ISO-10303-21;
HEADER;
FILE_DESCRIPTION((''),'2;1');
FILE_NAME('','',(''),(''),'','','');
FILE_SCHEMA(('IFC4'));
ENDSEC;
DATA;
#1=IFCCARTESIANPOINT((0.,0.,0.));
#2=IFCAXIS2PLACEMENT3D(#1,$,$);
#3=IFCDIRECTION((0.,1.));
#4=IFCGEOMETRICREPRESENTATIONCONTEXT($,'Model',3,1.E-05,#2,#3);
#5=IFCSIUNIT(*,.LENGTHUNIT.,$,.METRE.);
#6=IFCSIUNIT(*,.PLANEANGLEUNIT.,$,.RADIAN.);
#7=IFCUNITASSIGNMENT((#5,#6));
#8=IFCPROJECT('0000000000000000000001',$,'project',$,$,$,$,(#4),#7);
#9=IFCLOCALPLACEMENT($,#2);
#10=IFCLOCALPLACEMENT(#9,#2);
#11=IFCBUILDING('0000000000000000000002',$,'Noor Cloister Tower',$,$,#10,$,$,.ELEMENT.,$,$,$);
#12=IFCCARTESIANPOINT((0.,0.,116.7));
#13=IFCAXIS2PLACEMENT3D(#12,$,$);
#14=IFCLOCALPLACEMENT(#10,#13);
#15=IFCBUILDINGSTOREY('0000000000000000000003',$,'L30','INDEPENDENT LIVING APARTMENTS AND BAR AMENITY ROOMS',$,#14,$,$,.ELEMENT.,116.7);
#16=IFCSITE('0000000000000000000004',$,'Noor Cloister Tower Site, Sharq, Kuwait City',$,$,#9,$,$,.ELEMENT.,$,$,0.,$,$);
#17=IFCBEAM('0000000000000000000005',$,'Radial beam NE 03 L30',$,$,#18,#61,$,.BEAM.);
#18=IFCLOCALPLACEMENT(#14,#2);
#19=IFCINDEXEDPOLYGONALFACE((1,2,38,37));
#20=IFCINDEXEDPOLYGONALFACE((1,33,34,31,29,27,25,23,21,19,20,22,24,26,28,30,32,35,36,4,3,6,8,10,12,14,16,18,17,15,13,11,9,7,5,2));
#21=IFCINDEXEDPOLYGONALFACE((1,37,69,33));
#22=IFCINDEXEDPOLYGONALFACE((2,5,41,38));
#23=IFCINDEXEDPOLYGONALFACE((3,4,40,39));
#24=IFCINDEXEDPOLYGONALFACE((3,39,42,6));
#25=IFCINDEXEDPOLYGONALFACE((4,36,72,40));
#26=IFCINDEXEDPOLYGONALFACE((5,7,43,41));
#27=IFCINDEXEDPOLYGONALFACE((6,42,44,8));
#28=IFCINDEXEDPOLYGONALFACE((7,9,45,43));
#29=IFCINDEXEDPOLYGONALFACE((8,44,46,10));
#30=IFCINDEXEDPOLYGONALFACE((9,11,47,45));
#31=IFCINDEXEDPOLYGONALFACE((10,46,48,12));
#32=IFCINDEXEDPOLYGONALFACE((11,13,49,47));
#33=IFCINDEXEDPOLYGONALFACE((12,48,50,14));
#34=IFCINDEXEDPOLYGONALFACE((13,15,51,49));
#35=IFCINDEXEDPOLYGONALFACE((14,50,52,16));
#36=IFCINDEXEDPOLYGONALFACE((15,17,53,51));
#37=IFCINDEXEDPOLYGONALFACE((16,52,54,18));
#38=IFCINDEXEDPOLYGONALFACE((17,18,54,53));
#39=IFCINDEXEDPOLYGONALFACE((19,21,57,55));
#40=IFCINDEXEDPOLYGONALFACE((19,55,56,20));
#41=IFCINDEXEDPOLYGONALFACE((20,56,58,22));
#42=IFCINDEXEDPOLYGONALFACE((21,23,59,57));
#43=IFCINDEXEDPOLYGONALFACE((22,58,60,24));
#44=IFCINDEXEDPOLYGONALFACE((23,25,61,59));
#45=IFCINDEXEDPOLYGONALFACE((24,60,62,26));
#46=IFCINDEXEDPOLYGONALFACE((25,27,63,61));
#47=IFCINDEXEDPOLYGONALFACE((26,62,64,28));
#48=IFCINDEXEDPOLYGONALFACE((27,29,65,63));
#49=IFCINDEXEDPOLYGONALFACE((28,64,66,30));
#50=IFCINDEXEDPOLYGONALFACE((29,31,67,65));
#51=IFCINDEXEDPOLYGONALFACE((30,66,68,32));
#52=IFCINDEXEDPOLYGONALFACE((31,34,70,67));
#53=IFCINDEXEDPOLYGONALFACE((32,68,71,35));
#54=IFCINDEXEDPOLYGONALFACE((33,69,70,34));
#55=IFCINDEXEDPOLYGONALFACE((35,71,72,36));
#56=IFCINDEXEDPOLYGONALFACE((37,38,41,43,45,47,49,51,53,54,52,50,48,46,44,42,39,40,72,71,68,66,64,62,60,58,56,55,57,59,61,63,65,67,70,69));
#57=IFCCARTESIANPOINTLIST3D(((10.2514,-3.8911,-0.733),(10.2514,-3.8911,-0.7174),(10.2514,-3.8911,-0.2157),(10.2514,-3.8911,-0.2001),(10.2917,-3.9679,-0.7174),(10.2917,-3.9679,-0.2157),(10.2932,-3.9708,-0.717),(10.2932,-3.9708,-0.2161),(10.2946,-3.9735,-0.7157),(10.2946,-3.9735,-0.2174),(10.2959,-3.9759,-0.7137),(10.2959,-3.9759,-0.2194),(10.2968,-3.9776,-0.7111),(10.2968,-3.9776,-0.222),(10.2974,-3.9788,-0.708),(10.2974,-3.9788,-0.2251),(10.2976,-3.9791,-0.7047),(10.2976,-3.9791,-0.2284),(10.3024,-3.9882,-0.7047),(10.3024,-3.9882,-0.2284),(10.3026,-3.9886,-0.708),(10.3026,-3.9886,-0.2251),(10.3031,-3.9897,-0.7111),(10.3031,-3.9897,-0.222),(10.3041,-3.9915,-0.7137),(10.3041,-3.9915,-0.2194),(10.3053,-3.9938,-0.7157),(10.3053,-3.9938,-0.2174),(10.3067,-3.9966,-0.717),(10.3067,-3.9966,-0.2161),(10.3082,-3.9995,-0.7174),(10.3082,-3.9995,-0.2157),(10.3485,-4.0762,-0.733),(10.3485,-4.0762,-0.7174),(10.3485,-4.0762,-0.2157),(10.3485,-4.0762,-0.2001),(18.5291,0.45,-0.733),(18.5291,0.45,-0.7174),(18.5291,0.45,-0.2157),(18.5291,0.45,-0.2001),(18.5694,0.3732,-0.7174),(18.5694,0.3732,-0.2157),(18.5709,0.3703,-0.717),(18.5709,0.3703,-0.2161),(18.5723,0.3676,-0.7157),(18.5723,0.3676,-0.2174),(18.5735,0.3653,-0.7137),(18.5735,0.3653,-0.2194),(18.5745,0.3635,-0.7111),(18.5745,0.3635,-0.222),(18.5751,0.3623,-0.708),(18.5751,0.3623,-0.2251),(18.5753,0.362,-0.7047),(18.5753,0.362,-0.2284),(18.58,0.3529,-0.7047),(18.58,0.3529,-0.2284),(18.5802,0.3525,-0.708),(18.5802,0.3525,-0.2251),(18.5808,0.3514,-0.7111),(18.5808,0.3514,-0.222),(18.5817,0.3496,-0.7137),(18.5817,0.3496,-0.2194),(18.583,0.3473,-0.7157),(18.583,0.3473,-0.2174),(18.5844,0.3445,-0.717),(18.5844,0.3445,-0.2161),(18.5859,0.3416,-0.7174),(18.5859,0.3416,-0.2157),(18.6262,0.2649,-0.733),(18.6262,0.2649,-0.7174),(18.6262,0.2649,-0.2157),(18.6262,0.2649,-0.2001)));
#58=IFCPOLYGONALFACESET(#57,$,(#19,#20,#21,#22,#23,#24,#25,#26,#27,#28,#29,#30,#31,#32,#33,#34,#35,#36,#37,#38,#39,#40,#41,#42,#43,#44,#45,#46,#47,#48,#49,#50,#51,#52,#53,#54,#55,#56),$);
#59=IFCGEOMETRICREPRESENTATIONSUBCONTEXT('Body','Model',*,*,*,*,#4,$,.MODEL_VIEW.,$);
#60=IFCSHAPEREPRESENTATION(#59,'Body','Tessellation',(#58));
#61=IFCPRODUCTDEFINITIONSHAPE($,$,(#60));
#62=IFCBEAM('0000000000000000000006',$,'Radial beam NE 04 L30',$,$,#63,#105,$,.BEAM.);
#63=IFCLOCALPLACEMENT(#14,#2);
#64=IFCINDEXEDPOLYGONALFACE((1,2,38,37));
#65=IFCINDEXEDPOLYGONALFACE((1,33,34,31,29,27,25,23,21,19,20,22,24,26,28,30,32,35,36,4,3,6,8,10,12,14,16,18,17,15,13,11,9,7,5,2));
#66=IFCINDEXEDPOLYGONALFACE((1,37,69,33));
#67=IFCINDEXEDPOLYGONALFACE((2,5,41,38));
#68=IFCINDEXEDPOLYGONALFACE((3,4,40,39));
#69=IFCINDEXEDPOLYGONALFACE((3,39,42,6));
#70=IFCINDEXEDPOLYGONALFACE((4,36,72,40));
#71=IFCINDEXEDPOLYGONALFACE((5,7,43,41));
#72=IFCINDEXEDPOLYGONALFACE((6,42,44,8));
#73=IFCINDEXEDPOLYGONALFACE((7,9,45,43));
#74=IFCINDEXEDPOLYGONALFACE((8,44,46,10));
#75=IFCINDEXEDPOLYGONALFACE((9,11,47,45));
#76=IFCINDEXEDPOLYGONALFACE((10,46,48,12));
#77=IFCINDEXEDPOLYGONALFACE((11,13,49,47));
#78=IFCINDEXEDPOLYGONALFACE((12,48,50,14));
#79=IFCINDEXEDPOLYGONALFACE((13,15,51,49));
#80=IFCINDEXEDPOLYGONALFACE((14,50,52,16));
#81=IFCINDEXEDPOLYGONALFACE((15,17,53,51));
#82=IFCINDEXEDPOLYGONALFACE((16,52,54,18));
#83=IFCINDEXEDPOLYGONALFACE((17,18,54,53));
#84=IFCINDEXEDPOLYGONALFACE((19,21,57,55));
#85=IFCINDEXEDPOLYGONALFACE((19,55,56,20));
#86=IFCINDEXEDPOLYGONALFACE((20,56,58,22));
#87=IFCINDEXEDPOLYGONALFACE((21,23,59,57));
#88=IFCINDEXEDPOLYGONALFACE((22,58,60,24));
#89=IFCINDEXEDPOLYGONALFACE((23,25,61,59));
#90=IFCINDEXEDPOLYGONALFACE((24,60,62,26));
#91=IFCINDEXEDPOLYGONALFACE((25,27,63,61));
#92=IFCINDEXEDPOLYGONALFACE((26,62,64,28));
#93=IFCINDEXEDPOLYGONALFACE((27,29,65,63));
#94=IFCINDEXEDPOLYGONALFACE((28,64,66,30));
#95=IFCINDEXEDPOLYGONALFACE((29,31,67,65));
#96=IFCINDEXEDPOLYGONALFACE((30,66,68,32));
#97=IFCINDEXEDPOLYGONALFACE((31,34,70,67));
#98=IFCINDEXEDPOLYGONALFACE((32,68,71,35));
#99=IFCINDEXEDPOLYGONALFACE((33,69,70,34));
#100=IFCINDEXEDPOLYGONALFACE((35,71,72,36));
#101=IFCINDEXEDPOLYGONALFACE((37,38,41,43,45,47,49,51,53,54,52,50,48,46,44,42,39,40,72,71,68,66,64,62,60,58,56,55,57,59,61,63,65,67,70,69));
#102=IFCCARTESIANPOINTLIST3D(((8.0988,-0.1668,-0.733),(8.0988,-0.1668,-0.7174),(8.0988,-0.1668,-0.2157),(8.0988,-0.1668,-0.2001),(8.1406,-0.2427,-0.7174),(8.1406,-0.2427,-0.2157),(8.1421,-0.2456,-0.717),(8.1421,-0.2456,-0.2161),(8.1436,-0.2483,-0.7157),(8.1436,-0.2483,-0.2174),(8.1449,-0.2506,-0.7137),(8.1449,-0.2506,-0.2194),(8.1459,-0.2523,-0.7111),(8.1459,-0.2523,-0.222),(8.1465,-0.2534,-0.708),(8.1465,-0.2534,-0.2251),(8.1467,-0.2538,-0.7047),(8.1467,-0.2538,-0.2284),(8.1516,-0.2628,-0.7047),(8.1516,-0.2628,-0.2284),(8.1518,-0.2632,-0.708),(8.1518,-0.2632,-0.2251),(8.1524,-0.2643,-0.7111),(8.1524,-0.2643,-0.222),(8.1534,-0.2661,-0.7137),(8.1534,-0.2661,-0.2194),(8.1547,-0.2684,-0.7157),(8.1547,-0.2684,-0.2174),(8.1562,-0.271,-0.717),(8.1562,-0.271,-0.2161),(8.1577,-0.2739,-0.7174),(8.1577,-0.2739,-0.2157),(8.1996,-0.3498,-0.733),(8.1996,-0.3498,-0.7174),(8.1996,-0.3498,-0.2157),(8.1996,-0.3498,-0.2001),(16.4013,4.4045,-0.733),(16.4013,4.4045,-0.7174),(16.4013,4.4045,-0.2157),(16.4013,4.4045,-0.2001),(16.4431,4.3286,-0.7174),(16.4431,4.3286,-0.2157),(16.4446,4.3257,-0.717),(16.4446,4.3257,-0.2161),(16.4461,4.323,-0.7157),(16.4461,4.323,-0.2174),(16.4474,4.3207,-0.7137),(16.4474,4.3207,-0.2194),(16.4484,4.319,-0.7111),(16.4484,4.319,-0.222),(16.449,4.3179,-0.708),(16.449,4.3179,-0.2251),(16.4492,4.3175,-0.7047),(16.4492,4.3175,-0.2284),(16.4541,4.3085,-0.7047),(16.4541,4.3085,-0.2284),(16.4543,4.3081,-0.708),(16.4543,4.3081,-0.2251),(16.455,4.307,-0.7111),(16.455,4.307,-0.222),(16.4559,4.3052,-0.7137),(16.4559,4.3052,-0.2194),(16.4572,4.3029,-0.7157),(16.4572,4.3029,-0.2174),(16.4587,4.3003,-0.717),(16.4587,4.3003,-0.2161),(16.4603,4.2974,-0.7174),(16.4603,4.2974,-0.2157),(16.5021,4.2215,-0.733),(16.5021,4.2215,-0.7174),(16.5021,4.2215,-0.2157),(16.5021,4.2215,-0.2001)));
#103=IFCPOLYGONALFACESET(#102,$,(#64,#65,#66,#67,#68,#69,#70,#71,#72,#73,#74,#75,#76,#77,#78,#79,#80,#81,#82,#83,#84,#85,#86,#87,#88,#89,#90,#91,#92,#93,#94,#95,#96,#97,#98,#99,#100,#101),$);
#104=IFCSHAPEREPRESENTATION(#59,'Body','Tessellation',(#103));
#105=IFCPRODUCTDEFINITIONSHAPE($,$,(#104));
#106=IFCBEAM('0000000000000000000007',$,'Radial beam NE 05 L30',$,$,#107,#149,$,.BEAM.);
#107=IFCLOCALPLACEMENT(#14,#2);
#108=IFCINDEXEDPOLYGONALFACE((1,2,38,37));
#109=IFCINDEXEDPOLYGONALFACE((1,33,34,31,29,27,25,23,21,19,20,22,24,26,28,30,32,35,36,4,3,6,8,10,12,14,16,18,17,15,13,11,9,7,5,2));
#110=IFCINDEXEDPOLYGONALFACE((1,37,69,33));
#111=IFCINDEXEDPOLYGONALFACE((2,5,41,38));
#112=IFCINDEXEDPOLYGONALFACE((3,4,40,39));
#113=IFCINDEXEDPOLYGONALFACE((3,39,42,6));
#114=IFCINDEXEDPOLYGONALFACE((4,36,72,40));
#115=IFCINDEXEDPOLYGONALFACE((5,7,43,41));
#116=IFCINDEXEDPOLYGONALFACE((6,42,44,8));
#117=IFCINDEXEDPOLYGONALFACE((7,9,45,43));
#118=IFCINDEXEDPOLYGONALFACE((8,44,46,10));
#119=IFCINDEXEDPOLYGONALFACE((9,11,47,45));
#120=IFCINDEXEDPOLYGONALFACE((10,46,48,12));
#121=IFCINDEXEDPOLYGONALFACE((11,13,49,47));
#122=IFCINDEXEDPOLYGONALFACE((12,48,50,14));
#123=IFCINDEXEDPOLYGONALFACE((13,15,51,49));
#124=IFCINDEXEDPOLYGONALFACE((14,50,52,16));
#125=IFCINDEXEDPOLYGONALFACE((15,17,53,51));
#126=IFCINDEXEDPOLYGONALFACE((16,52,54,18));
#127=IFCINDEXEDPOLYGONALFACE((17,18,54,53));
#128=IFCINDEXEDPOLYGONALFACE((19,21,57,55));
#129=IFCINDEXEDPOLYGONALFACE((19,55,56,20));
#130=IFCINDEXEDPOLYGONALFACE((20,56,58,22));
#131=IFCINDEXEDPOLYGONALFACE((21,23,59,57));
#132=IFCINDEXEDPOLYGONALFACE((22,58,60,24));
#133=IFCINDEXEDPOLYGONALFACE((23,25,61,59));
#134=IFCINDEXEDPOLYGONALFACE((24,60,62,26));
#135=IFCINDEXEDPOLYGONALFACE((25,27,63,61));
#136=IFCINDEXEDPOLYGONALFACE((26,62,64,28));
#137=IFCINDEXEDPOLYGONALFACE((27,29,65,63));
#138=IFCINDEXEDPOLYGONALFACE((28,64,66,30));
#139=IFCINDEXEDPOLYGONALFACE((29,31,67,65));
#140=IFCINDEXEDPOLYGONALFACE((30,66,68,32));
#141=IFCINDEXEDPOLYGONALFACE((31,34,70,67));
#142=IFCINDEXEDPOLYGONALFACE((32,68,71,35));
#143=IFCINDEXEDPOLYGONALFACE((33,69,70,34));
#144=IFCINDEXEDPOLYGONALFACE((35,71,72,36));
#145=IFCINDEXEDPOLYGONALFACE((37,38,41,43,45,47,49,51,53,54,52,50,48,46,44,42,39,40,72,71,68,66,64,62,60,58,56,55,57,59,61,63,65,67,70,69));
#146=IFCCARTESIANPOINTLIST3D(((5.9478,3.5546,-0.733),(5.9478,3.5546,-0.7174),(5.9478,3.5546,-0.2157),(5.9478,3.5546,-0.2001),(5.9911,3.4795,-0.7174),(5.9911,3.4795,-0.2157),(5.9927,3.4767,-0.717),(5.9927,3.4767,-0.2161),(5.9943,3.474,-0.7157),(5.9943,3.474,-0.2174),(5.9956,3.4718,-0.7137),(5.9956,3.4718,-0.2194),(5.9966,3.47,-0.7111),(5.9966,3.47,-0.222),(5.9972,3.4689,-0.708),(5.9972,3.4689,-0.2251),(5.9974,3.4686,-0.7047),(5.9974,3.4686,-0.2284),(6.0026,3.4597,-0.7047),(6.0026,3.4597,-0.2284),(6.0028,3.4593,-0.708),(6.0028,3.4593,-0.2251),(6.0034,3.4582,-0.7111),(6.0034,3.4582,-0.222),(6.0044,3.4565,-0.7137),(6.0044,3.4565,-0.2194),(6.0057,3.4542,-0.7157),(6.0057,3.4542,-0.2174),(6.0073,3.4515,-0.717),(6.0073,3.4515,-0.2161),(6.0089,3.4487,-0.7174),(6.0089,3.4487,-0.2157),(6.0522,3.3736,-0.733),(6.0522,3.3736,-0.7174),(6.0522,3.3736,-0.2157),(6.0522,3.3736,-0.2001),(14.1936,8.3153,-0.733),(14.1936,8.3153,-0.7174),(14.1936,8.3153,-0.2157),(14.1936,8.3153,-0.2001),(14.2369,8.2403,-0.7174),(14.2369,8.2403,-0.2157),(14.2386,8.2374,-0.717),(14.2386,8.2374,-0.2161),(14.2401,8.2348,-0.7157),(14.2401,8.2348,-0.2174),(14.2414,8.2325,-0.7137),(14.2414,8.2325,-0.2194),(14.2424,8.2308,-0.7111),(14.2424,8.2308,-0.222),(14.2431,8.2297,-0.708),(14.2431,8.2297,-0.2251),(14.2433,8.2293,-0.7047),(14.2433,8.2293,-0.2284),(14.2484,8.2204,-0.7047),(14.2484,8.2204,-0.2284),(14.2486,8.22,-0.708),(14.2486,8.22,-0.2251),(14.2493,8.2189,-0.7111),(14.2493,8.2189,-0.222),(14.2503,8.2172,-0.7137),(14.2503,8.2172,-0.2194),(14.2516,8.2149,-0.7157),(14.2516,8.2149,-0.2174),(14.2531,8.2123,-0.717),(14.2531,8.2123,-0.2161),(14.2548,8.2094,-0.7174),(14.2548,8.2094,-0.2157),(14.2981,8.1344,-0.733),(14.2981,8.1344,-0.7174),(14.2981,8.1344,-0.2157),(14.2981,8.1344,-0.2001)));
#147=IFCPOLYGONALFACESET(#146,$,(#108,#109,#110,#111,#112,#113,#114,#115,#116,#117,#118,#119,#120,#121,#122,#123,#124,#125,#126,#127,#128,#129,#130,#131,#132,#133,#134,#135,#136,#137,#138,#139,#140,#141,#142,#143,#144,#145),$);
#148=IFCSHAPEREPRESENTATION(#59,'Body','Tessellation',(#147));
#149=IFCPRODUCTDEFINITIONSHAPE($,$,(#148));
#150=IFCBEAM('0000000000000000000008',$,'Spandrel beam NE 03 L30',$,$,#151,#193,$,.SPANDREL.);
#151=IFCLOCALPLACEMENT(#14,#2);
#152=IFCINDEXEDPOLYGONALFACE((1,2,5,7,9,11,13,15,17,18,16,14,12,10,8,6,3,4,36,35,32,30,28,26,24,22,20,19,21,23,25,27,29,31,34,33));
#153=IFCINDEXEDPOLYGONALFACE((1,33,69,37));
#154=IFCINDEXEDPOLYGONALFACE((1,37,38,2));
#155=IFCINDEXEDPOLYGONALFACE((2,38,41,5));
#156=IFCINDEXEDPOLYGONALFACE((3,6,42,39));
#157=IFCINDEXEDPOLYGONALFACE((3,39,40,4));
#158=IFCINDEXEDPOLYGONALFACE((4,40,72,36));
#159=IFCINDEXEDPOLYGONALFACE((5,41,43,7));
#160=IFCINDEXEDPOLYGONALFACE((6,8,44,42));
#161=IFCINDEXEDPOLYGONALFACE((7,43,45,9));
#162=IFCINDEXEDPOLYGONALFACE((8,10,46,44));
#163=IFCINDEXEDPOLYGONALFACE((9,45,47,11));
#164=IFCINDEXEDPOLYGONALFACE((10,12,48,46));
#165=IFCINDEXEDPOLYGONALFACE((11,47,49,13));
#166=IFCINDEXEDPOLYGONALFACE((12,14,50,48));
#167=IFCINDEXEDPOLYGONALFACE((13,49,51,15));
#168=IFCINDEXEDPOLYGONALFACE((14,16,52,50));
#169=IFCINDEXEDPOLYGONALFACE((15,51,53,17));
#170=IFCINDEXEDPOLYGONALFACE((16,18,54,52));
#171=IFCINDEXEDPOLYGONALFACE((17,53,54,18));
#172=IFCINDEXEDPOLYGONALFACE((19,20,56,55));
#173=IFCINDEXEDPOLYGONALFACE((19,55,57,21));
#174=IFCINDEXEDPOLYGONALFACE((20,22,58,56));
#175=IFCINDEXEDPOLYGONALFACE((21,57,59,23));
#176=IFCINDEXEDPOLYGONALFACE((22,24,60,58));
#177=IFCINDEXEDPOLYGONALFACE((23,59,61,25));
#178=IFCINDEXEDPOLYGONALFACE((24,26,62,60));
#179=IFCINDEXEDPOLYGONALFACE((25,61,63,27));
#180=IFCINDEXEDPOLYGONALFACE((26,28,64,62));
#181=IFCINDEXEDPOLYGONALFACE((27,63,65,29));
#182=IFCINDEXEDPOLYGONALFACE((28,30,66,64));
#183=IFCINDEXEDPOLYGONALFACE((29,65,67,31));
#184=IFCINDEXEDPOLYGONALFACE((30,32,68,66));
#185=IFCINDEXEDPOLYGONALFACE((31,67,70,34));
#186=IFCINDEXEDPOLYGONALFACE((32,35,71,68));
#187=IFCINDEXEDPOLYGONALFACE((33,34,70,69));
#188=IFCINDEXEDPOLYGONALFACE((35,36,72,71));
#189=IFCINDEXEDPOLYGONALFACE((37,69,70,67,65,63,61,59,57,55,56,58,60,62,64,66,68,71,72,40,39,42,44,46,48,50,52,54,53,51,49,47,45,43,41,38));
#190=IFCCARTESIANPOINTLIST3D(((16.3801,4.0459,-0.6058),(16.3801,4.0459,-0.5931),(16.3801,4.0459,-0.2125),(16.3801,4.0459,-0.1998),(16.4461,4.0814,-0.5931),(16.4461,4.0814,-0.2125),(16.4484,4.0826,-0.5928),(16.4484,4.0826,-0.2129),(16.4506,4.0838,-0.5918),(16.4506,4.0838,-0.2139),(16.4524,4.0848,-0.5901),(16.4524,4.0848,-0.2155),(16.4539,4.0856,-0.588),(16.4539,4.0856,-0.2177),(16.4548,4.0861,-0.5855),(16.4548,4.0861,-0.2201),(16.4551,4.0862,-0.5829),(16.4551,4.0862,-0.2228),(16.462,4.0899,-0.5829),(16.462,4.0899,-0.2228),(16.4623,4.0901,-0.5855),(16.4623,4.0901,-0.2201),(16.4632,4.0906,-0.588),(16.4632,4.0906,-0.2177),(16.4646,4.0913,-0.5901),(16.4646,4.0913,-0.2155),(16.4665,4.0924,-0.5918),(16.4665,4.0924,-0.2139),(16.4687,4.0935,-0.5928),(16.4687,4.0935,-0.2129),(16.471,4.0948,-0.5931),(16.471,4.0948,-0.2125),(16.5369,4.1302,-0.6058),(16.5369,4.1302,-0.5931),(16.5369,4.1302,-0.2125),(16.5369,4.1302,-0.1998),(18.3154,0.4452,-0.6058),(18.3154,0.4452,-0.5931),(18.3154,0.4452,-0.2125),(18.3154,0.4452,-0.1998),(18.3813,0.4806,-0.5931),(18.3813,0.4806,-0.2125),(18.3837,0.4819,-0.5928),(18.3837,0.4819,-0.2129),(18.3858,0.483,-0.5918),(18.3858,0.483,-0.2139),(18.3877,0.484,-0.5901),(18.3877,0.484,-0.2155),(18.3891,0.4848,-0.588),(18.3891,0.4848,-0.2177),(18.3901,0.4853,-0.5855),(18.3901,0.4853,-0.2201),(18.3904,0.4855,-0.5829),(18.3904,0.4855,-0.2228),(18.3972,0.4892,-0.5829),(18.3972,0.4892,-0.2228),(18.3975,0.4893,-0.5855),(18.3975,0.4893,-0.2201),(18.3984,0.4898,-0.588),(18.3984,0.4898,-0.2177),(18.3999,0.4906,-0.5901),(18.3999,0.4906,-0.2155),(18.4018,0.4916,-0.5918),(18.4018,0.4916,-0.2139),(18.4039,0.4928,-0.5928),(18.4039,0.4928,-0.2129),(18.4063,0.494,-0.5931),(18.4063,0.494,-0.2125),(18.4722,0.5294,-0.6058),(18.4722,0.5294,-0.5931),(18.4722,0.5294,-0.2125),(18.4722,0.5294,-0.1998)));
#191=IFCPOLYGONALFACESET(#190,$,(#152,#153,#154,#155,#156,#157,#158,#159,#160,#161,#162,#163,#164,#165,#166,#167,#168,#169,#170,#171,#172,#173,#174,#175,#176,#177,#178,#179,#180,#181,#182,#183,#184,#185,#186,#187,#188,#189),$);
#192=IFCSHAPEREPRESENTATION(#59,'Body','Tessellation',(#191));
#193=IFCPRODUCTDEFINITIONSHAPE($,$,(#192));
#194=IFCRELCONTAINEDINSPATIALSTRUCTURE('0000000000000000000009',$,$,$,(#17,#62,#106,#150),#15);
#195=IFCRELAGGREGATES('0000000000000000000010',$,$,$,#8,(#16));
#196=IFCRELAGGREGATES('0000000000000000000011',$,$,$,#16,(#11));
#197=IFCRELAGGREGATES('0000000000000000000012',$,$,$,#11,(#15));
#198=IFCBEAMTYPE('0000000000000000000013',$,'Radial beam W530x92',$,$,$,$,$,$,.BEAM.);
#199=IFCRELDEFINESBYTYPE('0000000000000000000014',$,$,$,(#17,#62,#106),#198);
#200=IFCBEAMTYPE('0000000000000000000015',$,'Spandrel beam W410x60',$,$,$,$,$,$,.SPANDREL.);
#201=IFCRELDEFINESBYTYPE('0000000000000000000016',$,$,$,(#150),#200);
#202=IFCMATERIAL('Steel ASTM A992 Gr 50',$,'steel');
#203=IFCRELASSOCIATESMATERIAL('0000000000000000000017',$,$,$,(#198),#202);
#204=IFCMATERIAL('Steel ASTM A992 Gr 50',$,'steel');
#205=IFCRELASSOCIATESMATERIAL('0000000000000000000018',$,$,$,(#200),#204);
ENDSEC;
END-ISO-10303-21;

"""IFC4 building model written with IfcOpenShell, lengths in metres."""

from ifc_helpers import new_model, si_unit, direction, frame, origin, origin_2d, place, context, subcontext, project, spatial, i_section, extrude, material, material_profile, profile_set, type_object, element, save


model = new_model("IFC4")

# Units and contexts
model_context = context("Model", 3, precision=1e-05, world=origin(), true_north=direction((0.0, 1.0)))
body_context = subcontext(model_context, "Body", "Model", "MODEL_VIEW")
ifc_project = project(units=[si_unit("LENGTHUNIT", "METRE"), si_unit("PLANEANGLEUNIT", "RADIAN")], contexts=[model_context])

# Site, building, storey
site_placement = place(None, origin())
site = spatial("IfcSite", under=ifc_project, at=site_placement, Name="Noor Cloister Tower Site, Sharq, Kuwait City", CompositionType="ELEMENT", RefElevation=0.0)
building_placement = place(site_placement, origin())
building = spatial("IfcBuilding", under=site, at=building_placement, Name="Noor Cloister Tower", CompositionType="ELEMENT")
storey_placement = place(building_placement, frame((0.0, 0.0, 116.7)))
storey = spatial("IfcBuildingStorey", under=building, at=storey_placement, Name="L30", Description="INDEPENDENT LIVING APARTMENTS AND BAR AMENITY ROOMS", CompositionType="ELEMENT", Elevation=116.7)

# Beams
ifc_material_1 = material(Name="Steel ASTM A992 Gr 50", Category="steel")
ifc_material_profile_1 = material_profile(ifc_material_1, i_section(OverallWidth=0.209, OverallDepth=0.533, WebThickness=0.0103, FlangeThickness=0.0156, FilletRadius=0.0127, at=origin_2d()), Name="W530x92")
ifc_profile_set_1 = profile_set([ifc_material_profile_1], Name="Steel ASTM A992 Gr 50")
beam_type_1 = type_object("IfcBeamType", Name="Radial beam W530x92", PredefinedType="BEAM", material=ifc_profile_set_1)
beam_1_placement = place(storey_placement, frame((18.5776, 0.3574, -0.4666), z_axis=(-0.885603, -0.464442, 0.0), x_axis=(0.464442, -0.885603, 0.0)))
element("IfcBeam", 1, at=beam_1_placement, inside=storey, type_object=beam_type_1, Name="Radial beam NE 03 L30", PredefinedType="BEAM", context=body_context, shape_type="SweptSolid", body=[
    extrude(i_section(OverallWidth=0.209, OverallDepth=0.533, WebThickness=0.0103, FlangeThickness=0.0156, FilletRadius=0.0127, at=origin_2d()), origin(), (0.0, 0.0, 1.0), 9.3469),
])
beam_2_placement = place(storey_placement, frame((16.4517, 4.313, -0.4666), z_axis=(-0.875997, -0.482317, 0.0), x_axis=(0.482317, -0.875997, 0.0)))
element("IfcBeam", 2, at=beam_2_placement, inside=storey, type_object=beam_type_1, Name="Radial beam NE 04 L30", PredefinedType="BEAM", context=body_context, shape_type="SweptSolid", body=[
    extrude(i_section(OverallWidth=0.209, OverallDepth=0.533, WebThickness=0.0103, FlangeThickness=0.0156, FilletRadius=0.0127, at=origin_2d()), origin(), (0.0, 0.0, 1.0), 9.4778),
])
beam_3_placement = place(storey_placement, frame((14.2458, 8.2249, -0.4666), z_axis=(-0.866025, -0.5, 0.0), x_axis=(0.5, -0.866025, 0.0)))
element("IfcBeam", 3, at=beam_3_placement, inside=storey, type_object=beam_type_1, Name="Radial beam NE 05 L30", PredefinedType="BEAM", context=body_context, shape_type="SweptSolid", body=[
    extrude(i_section(OverallWidth=0.209, OverallDepth=0.533, WebThickness=0.0103, FlangeThickness=0.0156, FilletRadius=0.0127, at=origin_2d()), origin(), (0.0, 0.0, 1.0), 9.5215),
])
ifc_material_2 = material(Name="Steel ASTM A992 Gr 50", Category="steel")
ifc_material_profile_2 = material_profile(ifc_material_2, i_section(OverallWidth=0.178, OverallDepth=0.406, WebThickness=0.0078, FlangeThickness=0.0127, FilletRadius=0.0103, at=origin_2d()), Name="W410x60")
ifc_profile_set_2 = profile_set([ifc_material_profile_2], Name="Steel ASTM A992 Gr 50")
beam_type_2 = type_object("IfcBeamType", Name="Spandrel beam W410x60", PredefinedType="SPANDREL", material=ifc_profile_set_2)
for number, where, z_axis, x_axis, name in (
    (4, (18.3938, 0.4873, -0.4028), (-0.473416, 0.880839, 0.0), (-0.880839, -0.473416, 0.0), "Spandrel beam NE 03 L30"),
):
    element("IfcBeam", number, at=place(storey_placement, frame(where, z_axis=z_axis, x_axis=x_axis)), inside=storey, type_object=beam_type_2, Name=name, PredefinedType="SPANDREL", context=body_context, shape_type="SweptSolid", body=[
        extrude(i_section(OverallWidth=0.178, OverallDepth=0.406, WebThickness=0.0078, FlangeThickness=0.0127, FilletRadius=0.0103, at=origin_2d()), origin(), (0.0, 0.0, 1.0), 4.0879),
    ])

save(model, "model.ifc")
